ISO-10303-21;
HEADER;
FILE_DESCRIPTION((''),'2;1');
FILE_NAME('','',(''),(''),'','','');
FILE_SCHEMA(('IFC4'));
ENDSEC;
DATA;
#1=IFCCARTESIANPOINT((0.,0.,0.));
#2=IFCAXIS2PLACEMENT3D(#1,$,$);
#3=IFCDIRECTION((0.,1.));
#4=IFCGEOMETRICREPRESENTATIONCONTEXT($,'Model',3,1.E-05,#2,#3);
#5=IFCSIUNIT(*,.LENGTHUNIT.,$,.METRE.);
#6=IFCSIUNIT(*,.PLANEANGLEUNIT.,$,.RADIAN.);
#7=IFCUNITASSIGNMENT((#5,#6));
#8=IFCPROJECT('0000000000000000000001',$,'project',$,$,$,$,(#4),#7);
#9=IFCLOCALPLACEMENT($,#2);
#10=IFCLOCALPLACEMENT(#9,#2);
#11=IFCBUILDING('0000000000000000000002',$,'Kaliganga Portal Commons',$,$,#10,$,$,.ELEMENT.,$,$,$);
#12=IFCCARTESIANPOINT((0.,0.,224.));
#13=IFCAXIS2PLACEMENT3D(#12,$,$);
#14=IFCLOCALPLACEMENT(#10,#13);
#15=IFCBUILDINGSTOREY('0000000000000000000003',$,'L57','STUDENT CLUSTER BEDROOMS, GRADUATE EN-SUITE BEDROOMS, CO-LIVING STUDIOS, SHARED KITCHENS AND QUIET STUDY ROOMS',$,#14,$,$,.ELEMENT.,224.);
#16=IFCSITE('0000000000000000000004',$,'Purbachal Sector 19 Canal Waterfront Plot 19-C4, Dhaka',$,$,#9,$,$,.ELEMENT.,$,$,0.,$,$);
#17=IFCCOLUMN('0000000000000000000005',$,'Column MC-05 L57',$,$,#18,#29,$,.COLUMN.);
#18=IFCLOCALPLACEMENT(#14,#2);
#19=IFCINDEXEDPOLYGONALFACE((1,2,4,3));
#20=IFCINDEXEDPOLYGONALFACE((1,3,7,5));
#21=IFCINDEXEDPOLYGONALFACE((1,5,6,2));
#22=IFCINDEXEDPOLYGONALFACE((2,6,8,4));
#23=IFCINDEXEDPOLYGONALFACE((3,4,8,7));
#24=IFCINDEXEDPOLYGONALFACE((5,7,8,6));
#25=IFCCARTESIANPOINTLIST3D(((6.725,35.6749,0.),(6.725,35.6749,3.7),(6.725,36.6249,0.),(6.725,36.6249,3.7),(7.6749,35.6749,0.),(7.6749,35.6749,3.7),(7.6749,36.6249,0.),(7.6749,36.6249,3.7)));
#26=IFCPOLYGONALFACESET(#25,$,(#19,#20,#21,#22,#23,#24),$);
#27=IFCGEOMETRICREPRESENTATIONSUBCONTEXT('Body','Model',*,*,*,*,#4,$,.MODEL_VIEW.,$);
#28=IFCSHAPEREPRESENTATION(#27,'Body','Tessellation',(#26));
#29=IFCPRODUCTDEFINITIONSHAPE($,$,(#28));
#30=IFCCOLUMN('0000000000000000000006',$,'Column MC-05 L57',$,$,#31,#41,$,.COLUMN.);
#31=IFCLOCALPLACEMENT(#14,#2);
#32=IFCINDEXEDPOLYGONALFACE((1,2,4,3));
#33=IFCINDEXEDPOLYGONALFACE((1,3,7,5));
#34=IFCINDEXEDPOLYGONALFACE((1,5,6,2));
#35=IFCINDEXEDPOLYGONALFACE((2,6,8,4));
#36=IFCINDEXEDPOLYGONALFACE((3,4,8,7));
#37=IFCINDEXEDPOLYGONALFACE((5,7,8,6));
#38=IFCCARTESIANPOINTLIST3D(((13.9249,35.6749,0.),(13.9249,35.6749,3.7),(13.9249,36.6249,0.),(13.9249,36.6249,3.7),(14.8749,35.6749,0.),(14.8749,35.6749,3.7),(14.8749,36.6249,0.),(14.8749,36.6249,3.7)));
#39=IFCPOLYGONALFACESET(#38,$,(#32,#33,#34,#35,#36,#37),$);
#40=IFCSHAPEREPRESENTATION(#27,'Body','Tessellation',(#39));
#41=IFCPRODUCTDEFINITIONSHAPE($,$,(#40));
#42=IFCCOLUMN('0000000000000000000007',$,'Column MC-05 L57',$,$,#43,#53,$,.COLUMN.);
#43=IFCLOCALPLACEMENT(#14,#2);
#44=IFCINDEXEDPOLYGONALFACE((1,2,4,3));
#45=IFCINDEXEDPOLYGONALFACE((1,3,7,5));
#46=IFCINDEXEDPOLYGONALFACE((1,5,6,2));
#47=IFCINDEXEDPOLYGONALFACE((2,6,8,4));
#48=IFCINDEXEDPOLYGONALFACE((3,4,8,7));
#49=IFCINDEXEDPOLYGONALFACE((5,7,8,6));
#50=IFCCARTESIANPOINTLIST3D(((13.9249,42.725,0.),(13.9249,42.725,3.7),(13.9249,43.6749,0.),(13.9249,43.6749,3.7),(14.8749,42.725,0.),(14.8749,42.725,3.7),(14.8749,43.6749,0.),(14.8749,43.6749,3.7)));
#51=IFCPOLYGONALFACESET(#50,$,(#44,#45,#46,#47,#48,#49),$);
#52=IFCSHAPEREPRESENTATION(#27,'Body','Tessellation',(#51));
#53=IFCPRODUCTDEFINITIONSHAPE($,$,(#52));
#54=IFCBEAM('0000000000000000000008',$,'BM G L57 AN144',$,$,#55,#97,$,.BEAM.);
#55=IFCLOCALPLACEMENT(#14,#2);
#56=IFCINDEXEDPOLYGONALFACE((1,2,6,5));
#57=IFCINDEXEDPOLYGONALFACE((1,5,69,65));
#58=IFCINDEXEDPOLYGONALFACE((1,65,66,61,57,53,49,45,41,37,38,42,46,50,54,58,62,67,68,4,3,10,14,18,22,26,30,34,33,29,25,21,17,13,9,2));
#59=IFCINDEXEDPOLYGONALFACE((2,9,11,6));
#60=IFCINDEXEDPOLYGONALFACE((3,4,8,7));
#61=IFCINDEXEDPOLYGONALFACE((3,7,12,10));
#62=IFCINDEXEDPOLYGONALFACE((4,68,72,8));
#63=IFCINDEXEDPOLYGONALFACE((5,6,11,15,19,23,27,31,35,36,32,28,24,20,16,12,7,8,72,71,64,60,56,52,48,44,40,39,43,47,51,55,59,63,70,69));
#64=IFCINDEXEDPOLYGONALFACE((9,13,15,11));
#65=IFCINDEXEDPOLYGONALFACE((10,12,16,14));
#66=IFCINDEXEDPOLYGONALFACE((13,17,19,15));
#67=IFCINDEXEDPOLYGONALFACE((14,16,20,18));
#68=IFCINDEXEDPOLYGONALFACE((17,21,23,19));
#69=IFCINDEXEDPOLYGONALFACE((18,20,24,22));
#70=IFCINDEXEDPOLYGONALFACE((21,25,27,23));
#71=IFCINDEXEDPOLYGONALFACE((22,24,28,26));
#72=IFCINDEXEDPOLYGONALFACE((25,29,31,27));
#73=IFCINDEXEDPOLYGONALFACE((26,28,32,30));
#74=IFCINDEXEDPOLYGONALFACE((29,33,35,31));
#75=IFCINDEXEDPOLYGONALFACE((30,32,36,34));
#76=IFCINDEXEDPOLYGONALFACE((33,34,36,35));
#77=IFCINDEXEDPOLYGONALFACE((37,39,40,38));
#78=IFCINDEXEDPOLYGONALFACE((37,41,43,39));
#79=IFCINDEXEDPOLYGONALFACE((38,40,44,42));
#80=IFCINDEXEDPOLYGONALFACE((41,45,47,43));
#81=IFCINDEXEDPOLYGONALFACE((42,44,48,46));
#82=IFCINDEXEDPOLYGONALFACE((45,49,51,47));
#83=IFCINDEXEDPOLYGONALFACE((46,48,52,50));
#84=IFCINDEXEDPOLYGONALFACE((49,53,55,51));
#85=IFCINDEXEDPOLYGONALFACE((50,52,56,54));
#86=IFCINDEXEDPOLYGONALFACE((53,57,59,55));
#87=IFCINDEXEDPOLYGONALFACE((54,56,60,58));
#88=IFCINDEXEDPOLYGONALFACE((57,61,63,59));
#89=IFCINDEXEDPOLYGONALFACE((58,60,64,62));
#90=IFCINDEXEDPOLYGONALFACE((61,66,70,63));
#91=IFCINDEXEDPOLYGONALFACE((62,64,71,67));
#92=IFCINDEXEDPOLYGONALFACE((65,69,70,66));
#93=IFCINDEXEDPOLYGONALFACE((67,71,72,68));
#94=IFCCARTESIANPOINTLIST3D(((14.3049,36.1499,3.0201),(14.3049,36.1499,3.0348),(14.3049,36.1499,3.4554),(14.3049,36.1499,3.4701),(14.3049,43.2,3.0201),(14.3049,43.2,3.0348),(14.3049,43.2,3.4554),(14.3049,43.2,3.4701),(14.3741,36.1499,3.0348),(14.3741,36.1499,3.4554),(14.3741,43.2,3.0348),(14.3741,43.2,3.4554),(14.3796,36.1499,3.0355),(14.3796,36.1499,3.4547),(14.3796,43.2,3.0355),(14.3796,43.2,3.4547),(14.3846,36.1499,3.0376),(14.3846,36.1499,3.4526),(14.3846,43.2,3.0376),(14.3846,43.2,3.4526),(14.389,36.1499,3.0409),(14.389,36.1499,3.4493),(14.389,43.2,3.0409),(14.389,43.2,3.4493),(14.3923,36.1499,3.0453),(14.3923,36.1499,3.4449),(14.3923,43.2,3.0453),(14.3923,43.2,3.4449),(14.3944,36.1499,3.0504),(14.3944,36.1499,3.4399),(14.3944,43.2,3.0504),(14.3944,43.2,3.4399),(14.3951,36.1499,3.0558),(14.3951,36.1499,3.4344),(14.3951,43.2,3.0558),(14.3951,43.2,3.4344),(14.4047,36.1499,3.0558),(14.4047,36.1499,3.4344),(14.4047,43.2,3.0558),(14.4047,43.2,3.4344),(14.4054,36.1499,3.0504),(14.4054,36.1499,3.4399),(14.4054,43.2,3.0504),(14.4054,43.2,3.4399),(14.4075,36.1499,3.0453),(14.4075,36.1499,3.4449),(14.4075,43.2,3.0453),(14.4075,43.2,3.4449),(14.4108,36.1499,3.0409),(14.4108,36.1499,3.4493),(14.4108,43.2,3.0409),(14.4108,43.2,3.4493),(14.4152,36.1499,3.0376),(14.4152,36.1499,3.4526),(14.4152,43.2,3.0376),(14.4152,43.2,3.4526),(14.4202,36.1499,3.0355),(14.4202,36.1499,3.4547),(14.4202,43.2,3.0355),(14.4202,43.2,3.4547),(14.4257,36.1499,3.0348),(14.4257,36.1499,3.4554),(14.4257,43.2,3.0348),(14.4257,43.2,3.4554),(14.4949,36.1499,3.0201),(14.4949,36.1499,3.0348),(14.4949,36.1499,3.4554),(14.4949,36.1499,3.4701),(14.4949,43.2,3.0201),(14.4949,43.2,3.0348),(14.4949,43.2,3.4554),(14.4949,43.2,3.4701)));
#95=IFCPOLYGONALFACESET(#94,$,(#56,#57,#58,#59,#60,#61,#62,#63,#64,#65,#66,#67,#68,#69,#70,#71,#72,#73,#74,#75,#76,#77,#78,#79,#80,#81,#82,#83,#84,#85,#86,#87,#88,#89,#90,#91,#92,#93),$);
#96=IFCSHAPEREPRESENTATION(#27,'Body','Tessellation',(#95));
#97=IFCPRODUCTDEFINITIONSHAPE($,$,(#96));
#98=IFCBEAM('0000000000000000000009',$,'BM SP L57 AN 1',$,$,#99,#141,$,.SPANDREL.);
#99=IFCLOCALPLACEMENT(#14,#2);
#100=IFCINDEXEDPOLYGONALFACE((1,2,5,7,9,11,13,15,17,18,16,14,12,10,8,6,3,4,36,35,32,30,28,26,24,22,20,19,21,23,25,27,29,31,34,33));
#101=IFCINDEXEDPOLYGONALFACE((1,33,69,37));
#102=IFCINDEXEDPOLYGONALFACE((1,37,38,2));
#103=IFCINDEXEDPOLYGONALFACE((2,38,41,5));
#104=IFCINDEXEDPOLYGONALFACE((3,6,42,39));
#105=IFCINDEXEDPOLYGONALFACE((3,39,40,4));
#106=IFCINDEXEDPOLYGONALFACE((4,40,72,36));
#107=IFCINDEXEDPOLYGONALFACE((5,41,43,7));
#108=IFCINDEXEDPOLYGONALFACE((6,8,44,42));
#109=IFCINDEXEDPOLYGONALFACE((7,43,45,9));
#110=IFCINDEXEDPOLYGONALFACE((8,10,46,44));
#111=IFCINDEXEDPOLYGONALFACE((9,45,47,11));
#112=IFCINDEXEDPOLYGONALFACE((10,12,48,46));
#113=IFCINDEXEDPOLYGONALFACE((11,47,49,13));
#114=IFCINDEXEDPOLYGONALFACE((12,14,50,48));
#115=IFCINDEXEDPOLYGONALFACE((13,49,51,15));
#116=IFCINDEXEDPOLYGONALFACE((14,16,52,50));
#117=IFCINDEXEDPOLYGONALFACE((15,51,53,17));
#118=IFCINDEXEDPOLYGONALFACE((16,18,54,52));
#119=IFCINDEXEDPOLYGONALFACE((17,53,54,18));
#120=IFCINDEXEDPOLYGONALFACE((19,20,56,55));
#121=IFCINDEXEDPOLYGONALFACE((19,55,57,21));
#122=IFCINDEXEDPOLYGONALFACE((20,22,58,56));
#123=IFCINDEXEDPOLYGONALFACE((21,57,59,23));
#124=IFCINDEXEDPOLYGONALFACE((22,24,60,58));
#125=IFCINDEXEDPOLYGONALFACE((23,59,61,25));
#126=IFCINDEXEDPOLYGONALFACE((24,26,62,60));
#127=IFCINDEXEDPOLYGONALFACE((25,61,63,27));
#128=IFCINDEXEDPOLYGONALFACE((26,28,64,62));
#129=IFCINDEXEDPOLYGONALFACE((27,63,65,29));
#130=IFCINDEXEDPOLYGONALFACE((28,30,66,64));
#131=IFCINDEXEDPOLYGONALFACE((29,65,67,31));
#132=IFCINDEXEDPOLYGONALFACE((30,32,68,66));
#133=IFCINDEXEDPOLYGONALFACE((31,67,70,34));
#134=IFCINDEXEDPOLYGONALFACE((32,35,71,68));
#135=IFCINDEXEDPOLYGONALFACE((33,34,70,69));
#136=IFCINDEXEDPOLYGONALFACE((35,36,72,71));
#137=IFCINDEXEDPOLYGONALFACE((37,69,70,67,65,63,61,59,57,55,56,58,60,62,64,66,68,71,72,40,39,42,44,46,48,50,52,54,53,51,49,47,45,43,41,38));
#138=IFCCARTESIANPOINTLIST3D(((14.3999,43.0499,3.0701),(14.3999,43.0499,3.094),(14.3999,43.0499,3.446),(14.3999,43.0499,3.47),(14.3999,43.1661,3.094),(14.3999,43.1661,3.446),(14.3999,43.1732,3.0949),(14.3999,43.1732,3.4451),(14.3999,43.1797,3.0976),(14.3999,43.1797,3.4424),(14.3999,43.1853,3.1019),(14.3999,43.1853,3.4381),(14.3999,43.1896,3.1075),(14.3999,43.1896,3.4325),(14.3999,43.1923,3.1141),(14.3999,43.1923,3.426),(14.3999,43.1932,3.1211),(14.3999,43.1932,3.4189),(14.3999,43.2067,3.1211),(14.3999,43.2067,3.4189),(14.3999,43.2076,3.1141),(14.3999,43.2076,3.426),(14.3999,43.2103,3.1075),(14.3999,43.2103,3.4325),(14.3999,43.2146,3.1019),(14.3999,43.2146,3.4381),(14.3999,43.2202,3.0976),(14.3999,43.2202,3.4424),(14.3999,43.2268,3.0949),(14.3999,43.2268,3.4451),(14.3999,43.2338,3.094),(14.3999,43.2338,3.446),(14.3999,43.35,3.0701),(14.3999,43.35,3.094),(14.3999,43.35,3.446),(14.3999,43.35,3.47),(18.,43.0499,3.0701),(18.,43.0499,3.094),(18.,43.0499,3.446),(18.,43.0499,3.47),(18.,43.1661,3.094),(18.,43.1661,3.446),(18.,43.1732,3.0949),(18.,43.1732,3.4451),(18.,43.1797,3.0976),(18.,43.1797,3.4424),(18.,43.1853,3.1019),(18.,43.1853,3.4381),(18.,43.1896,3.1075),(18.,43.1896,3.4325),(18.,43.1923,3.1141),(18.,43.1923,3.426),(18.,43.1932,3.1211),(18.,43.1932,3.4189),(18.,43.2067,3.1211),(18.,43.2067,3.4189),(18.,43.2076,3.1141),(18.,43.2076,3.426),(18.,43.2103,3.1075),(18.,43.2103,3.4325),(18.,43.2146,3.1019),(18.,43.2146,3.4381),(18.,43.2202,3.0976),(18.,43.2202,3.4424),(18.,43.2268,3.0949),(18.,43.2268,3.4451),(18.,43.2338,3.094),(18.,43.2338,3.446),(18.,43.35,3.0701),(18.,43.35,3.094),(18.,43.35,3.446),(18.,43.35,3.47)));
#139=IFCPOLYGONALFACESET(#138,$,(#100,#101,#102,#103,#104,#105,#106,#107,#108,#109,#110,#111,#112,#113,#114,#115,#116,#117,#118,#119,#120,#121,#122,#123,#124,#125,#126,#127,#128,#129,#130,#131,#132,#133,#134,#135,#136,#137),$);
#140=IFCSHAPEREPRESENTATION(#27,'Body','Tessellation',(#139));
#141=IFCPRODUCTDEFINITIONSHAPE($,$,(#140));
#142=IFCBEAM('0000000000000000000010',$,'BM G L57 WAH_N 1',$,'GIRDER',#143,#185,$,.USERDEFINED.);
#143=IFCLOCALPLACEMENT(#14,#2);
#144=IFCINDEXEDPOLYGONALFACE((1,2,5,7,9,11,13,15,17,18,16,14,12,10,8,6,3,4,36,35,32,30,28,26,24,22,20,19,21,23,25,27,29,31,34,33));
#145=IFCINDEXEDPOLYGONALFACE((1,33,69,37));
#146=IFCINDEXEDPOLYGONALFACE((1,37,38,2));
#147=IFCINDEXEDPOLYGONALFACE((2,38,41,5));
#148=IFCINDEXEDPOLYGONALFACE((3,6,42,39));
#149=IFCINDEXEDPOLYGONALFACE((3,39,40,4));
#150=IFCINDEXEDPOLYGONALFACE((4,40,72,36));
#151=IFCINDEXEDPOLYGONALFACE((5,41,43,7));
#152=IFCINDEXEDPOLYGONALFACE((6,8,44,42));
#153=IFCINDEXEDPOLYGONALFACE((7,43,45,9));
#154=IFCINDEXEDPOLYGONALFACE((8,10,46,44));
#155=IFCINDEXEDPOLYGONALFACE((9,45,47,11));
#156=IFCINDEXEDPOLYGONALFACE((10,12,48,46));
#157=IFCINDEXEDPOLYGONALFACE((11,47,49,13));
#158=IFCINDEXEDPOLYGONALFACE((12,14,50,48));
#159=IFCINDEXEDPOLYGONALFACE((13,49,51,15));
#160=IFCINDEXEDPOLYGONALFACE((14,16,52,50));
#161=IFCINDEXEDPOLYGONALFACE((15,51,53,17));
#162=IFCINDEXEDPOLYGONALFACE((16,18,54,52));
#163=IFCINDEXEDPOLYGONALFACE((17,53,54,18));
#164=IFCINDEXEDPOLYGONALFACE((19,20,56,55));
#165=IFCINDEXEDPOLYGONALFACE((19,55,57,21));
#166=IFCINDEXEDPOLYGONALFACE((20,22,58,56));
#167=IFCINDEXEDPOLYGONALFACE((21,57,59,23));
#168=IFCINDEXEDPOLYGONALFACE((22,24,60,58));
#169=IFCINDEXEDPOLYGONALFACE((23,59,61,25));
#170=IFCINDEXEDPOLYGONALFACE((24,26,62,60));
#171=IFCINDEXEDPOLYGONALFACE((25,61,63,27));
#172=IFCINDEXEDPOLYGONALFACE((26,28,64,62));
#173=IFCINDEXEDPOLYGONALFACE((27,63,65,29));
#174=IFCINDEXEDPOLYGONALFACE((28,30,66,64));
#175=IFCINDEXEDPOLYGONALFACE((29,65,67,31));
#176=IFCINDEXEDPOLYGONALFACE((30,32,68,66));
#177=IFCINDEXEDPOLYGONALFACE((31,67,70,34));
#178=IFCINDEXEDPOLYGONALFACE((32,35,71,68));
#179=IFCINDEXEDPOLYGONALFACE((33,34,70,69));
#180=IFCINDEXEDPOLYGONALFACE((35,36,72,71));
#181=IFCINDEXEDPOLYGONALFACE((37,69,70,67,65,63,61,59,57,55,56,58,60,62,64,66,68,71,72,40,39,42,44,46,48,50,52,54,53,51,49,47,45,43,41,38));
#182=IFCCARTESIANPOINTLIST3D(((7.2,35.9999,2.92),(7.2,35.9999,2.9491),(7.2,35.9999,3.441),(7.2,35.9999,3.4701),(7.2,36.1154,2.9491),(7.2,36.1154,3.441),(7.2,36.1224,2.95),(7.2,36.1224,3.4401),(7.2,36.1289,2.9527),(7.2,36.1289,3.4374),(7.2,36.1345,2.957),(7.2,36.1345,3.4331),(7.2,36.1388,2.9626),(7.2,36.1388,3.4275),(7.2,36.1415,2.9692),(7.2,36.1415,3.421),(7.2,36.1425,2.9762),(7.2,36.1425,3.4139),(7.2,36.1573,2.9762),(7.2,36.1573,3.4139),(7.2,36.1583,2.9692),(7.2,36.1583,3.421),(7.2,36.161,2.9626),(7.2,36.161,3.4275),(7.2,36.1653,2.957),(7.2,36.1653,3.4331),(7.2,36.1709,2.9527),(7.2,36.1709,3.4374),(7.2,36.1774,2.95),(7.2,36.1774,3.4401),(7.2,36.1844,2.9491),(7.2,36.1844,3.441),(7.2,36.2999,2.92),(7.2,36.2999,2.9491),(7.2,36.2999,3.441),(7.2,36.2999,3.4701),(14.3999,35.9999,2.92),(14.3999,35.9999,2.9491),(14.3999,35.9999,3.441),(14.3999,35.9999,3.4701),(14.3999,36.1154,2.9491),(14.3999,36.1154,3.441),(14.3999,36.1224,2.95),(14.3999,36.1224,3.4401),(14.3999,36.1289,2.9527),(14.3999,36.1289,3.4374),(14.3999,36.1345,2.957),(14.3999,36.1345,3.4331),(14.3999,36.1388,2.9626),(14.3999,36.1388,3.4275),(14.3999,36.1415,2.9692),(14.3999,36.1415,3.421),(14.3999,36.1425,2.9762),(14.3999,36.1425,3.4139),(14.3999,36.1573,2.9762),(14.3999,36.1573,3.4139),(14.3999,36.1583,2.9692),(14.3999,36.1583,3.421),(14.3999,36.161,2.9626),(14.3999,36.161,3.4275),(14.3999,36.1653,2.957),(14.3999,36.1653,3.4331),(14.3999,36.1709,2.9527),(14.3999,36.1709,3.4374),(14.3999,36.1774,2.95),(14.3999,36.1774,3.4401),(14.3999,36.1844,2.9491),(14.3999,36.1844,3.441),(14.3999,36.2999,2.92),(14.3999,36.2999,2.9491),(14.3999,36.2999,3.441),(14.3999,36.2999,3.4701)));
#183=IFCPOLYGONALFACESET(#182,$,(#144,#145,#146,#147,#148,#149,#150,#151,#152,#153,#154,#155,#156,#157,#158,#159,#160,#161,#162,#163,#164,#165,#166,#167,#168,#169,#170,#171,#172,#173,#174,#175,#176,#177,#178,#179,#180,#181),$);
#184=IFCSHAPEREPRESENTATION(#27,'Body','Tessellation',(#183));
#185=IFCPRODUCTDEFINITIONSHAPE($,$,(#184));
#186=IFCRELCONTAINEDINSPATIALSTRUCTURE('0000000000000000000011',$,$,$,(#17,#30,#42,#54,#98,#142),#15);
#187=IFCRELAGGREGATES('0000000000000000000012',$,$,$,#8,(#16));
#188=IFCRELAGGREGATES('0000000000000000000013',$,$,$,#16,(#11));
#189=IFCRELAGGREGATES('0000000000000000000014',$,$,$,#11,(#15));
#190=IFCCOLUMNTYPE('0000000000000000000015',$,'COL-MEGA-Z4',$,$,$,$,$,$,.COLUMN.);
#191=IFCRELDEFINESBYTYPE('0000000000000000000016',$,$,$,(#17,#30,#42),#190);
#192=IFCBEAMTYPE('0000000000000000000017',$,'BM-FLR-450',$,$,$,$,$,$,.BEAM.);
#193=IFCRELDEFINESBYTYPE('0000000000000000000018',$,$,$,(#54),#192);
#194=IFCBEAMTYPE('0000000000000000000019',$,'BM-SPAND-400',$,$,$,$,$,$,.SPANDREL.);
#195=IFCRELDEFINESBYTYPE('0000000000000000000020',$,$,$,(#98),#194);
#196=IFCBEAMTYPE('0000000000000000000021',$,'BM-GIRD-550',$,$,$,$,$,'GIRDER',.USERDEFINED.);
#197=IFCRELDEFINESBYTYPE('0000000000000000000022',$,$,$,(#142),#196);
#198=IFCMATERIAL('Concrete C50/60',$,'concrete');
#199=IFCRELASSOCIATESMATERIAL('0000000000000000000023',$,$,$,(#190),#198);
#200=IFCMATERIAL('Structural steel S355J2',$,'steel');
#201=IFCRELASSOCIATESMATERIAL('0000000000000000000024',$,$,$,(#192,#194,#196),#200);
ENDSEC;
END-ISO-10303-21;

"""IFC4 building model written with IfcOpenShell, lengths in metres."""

from ifc_helpers import new_model, si_unit, direction, frame, origin, origin_2d, place, context, subcontext, project, spatial, rectangle, i_section, extrude, source, transform, mapped, material, material_profile, profile_set, type_object, element, save


model = new_model("IFC4")

# Units and contexts
model_context = context("Model", 3, precision=1e-05, world=origin(), true_north=direction((0.0, 1.0)))
body_context = subcontext(model_context, "Body", "Model", "MODEL_VIEW")
ifc_project = project(units=[si_unit("LENGTHUNIT", "METRE"), si_unit("PLANEANGLEUNIT", "RADIAN")], contexts=[model_context])

# Site, building, storey
site_placement = place(None, origin())
site = spatial("IfcSite", under=ifc_project, at=site_placement, Name="Purbachal Sector 19 Canal Waterfront Plot 19-C4, Dhaka", CompositionType="ELEMENT", RefElevation=0.0)
building_placement = place(site_placement, origin())
building = spatial("IfcBuilding", under=site, at=building_placement, Name="Kaliganga Portal Commons", CompositionType="ELEMENT")
storey_placement = place(building_placement, frame((0.0, 0.0, 224.0)))
storey = spatial("IfcBuildingStorey", under=building, at=storey_placement, Name="L57", Description="STUDENT CLUSTER BEDROOMS, GRADUATE EN-SUITE BEDROOMS, CO-LIVING STUDIOS, SHARED KITCHENS AND QUIET STUDY ROOMS", CompositionType="ELEMENT", Elevation=224.0)

# Columns
ifc_material_1 = material(Name="Concrete C50/60", Category="concrete")
ifc_material_profile_1 = material_profile(ifc_material_1, rectangle(XDim=0.95, YDim=0.95, at=origin_2d()), Name="RC 950x950")
ifc_profile_set_1 = profile_set([ifc_material_profile_1], Name="Concrete C50/60")
column_type = type_object("IfcColumnType", Name="COL-MEGA-Z4", PredefinedType="COLUMN", material=ifc_profile_set_1)
shared_shape_1 = source(origin(), body_context, "Body", "SweptSolid", [
    extrude(rectangle(XDim=0.95, YDim=0.95, at=origin_2d()), origin(), (0.0, 0.0, 1.0), 3.7),
])
for number, where, z_axis, x_axis, name in (
    (1, (7.2, 36.1499, 0.0), (0.0, 0.0, 1.0), (1.0, 0.0, 0.0), "Column MC-05 L57"),
    (2, (14.3999, 36.1499, 0.0), (0.0, 0.0, 1.0), (1.0, 0.0, 0.0), "Column MC-05 L57"),
    (3, (14.3999, 43.2, 0.0), (0.0, 0.0, 1.0), (1.0, 0.0, 0.0), "Column MC-05 L57"),
):
    element("IfcColumn", number, at=place(storey_placement, frame(where, z_axis=z_axis, x_axis=x_axis)), inside=storey, type_object=column_type, Name=name, PredefinedType="COLUMN", context=body_context, shape_type="MappedRepresentation", body=[
        mapped(shared_shape_1, transform((0.0, 0.0, 0.0), x_axis=(1.0, 0.0, 0.0), y_axis=(0.0, 1.0, 0.0), z_axis=(0.0, 0.0, 1.0), scale=1.0)),
    ])

# Beams
ifc_material_2 = material(Name="Structural steel S355J2", Category="steel")
ifc_material_profile_2 = material_profile(ifc_material_2, i_section(OverallWidth=0.1899, OverallDepth=0.45, WebThickness=0.0095, FlangeThickness=0.0146, FilletRadius=0.021, at=origin_2d()), Name="IPE 450")
ifc_profile_set_2 = profile_set([ifc_material_profile_2], Name="Structural steel S355J2 wide-flange")
beam_type_1 = type_object("IfcBeamType", Name="BM-FLR-450", PredefinedType="BEAM", material=ifc_profile_set_2)
shared_shape_2 = source(origin(), body_context, "Body", "SweptSolid", [
    extrude(i_section(OverallWidth=0.1899, OverallDepth=0.45, WebThickness=0.0095, FlangeThickness=0.0146, FilletRadius=0.021, at=origin_2d()), origin(), (0.0, 0.0, 1.0), 7.05),
])
beam_1_placement = place(storey_placement, frame((14.3999, 36.1499, 3.2451), z_axis=(0.0, 1.0, 0.0), x_axis=(-1.0, 0.0, 0.0)))
element("IfcBeam", 4, at=beam_1_placement, inside=storey, type_object=beam_type_1, Name="BM G L57 AN144", PredefinedType="BEAM", context=body_context, shape_type="MappedRepresentation", body=[
    mapped(shared_shape_2, transform((0.0, 0.0, 0.0), x_axis=(1.0, 0.0, 0.0), y_axis=(0.0, 1.0, 0.0), z_axis=(0.0, 0.0, 1.0), scale=1.0)),
])
ifc_material_profile_3 = material_profile(ifc_material_2, i_section(OverallWidth=0.3, OverallDepth=0.3999, WebThickness=0.0134, FlangeThickness=0.0239, FilletRadius=0.0271, at=origin_2d()), Name="HE 400 B")
ifc_profile_set_3 = profile_set([ifc_material_profile_3], Name="Structural steel S355J2 wide-flange")
beam_type_2 = type_object("IfcBeamType", Name="BM-SPAND-400", PredefinedType="SPANDREL", material=ifc_profile_set_3)
shared_shape_3 = source(origin(), body_context, "Body", "SweptSolid", [
    extrude(i_section(OverallWidth=0.3, OverallDepth=0.3999, WebThickness=0.0134, FlangeThickness=0.0239, FilletRadius=0.0271, at=origin_2d()), origin(), (0.0, 0.0, 1.0), 3.6001),
])
beam_2_placement = place(storey_placement, frame((14.3999, 43.2, 3.27), z_axis=(1.0, 0.0, 0.0), x_axis=(0.0, 1.0, 0.0)))
element("IfcBeam", 5, at=beam_2_placement, inside=storey, type_object=beam_type_2, Name="BM SP L57 AN 1", PredefinedType="SPANDREL", context=body_context, shape_type="MappedRepresentation", body=[
    mapped(shared_shape_3, transform((0.0, 0.0, 0.0), x_axis=(1.0, 0.0, 0.0), y_axis=(0.0, 1.0, 0.0), z_axis=(0.0, 0.0, 1.0), scale=1.0)),
])
ifc_material_profile_4 = material_profile(ifc_material_2, i_section(OverallWidth=0.3, OverallDepth=0.55, WebThickness=0.0149, FlangeThickness=0.0291, FilletRadius=0.0271, at=origin_2d()), Name="HE 550 B")
ifc_profile_set_4 = profile_set([ifc_material_profile_4], Name="Structural steel S355J2 wide-flange")
beam_type_3 = type_object("IfcBeamType", Name="BM-GIRD-550", ElementType="GIRDER", PredefinedType="USERDEFINED", material=ifc_profile_set_4)
shared_shape_4 = source(origin(), body_context, "Body", "SweptSolid", [
    extrude(i_section(OverallWidth=0.3, OverallDepth=0.55, WebThickness=0.0149, FlangeThickness=0.0291, FilletRadius=0.0271, at=origin_2d()), origin(), (0.0, 0.0, 1.0), 7.2),
])
beam_3_placement = place(storey_placement, frame((7.2, 36.1499, 3.1951), z_axis=(1.0, 0.0, 0.0), x_axis=(0.0, 1.0, 0.0)))
element("IfcBeam", 6, at=beam_3_placement, inside=storey, type_object=beam_type_3, Name="BM G L57 WAH_N 1", ObjectType="GIRDER", PredefinedType="USERDEFINED", context=body_context, shape_type="MappedRepresentation", body=[
    mapped(shared_shape_4, transform((0.0, 0.0, 0.0), x_axis=(1.0, 0.0, 0.0), y_axis=(0.0, 1.0, 0.0), z_axis=(0.0, 0.0, 1.0), scale=1.0)),
])

save(model, "model.ifc")
